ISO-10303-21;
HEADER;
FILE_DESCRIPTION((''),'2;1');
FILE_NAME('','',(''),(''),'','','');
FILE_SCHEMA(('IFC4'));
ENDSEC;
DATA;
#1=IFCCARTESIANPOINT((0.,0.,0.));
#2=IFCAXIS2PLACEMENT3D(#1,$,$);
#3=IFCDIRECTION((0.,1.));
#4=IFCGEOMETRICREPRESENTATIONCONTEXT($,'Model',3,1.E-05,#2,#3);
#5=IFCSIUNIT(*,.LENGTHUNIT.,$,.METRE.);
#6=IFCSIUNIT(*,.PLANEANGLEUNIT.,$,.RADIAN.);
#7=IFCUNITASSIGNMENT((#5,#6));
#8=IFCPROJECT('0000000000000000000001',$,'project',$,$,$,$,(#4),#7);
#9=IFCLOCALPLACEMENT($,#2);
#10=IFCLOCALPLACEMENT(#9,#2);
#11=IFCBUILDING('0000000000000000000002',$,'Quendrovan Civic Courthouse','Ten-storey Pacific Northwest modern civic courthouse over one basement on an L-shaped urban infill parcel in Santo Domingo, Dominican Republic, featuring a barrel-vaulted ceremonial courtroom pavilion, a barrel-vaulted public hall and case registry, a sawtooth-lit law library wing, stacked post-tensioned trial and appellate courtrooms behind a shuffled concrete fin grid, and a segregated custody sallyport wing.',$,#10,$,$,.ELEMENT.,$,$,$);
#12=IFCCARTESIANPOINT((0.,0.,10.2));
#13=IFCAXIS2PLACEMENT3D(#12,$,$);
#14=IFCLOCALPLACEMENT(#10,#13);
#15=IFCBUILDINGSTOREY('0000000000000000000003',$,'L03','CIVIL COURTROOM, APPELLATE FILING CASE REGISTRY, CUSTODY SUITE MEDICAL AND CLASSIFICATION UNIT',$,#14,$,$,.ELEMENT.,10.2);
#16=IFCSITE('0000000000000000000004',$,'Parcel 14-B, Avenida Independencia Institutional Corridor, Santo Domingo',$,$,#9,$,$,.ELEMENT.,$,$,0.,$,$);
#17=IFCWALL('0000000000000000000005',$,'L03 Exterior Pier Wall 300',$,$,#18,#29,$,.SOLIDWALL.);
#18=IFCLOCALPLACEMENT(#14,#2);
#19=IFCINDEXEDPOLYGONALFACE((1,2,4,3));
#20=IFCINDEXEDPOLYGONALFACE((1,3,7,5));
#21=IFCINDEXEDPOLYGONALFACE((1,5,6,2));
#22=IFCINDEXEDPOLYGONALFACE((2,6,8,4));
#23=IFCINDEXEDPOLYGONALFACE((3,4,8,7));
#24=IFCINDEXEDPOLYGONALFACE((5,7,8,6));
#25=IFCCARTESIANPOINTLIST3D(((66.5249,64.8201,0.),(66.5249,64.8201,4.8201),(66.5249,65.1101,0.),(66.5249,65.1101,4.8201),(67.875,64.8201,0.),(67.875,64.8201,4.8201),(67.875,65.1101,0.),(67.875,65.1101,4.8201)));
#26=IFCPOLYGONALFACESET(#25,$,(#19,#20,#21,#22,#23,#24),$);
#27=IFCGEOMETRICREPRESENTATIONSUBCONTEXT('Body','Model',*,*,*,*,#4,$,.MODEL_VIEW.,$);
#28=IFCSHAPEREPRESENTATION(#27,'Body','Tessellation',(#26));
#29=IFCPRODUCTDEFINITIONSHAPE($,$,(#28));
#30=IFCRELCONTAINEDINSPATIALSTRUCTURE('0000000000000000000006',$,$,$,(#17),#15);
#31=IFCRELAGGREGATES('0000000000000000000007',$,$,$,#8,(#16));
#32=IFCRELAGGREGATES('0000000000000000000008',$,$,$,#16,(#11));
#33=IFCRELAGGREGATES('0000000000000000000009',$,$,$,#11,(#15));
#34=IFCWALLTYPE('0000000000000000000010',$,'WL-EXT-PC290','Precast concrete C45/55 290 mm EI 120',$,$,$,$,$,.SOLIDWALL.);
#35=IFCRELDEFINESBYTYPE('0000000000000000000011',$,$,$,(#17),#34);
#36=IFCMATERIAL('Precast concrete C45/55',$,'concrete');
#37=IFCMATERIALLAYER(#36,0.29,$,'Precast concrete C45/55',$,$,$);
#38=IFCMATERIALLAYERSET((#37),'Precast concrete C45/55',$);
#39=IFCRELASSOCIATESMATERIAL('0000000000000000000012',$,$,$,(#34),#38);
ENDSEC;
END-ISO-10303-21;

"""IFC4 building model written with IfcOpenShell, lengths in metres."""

from ifc_helpers import new_model, si_unit, direction, frame, frame_2d, origin, place, context, subcontext, project, spatial, rectangle, extrude, material, layer, layer_set, type_object, element, save


model = new_model("IFC4")

# Units and contexts
model_context = context("Model", 3, precision=1e-05, world=origin(), true_north=direction((0.0, 1.0)))
body_context = subcontext(model_context, "Body", "Model", "MODEL_VIEW")
ifc_project = project(units=[si_unit("LENGTHUNIT", "METRE"), si_unit("PLANEANGLEUNIT", "RADIAN")], contexts=[model_context])

# Site, building, storey
site_placement = place(None, origin())
site = spatial("IfcSite", under=ifc_project, at=site_placement, Name="Parcel 14-B, Avenida Independencia Institutional Corridor, Santo Domingo", CompositionType="ELEMENT", RefElevation=0.0)
building_placement = place(site_placement, origin())
building = spatial("IfcBuilding", under=site, at=building_placement, Name="Quendrovan Civic Courthouse", Description="Ten-storey Pacific Northwest modern civic courthouse over one basement on an L-shaped urban infill parcel in Santo Domingo, Dominican Republic, featuring a barrel-vaulted ceremonial courtroom pavilion, a barrel-vaulted public hall and case registry, a sawtooth-lit law library wing, stacked post-tensioned trial and appellate courtrooms behind a shuffled concrete fin grid, and a segregated custody sallyport wing.", CompositionType="ELEMENT")
storey_placement = place(building_placement, frame((0.0, 0.0, 10.2)))
storey = spatial("IfcBuildingStorey", under=building, at=storey_placement, Name="L03", Description="CIVIL COURTROOM, APPELLATE FILING CASE REGISTRY, CUSTODY SUITE MEDICAL AND CLASSIFICATION UNIT", CompositionType="ELEMENT", Elevation=10.2)

# Wall
ifc_material_1 = material(Name="Precast concrete C45/55", Category="concrete")
ifc_layer_1 = layer(ifc_material_1, 0.29, Name="Precast concrete C45/55")
ifc_layer_set_1 = layer_set([ifc_layer_1], Name="Precast concrete C45/55")
wall_type = type_object("IfcWallType", Name="WL-EXT-PC290", Description="Precast concrete C45/55 290 mm EI 120", PredefinedType="SOLIDWALL", material=ifc_layer_set_1)
wall_placement = place(storey_placement, frame((67.875, 64.9651, 0.0), z_axis=(0.0, 0.0, 1.0), x_axis=(-1.0, 0.0, 0.0)))
element("IfcWall", 1, at=wall_placement, inside=storey, type_object=wall_type, Name="L03 Exterior Pier Wall 300", PredefinedType="SOLIDWALL", context=body_context, shape_type="SweptSolid", body=[
    extrude(rectangle(XDim=1.3501, YDim=0.29, at=frame_2d((0.675, 0.0))), origin(), (0.0, 0.0, 1.0), 4.8201),
])

save(model, "model.ifc")
